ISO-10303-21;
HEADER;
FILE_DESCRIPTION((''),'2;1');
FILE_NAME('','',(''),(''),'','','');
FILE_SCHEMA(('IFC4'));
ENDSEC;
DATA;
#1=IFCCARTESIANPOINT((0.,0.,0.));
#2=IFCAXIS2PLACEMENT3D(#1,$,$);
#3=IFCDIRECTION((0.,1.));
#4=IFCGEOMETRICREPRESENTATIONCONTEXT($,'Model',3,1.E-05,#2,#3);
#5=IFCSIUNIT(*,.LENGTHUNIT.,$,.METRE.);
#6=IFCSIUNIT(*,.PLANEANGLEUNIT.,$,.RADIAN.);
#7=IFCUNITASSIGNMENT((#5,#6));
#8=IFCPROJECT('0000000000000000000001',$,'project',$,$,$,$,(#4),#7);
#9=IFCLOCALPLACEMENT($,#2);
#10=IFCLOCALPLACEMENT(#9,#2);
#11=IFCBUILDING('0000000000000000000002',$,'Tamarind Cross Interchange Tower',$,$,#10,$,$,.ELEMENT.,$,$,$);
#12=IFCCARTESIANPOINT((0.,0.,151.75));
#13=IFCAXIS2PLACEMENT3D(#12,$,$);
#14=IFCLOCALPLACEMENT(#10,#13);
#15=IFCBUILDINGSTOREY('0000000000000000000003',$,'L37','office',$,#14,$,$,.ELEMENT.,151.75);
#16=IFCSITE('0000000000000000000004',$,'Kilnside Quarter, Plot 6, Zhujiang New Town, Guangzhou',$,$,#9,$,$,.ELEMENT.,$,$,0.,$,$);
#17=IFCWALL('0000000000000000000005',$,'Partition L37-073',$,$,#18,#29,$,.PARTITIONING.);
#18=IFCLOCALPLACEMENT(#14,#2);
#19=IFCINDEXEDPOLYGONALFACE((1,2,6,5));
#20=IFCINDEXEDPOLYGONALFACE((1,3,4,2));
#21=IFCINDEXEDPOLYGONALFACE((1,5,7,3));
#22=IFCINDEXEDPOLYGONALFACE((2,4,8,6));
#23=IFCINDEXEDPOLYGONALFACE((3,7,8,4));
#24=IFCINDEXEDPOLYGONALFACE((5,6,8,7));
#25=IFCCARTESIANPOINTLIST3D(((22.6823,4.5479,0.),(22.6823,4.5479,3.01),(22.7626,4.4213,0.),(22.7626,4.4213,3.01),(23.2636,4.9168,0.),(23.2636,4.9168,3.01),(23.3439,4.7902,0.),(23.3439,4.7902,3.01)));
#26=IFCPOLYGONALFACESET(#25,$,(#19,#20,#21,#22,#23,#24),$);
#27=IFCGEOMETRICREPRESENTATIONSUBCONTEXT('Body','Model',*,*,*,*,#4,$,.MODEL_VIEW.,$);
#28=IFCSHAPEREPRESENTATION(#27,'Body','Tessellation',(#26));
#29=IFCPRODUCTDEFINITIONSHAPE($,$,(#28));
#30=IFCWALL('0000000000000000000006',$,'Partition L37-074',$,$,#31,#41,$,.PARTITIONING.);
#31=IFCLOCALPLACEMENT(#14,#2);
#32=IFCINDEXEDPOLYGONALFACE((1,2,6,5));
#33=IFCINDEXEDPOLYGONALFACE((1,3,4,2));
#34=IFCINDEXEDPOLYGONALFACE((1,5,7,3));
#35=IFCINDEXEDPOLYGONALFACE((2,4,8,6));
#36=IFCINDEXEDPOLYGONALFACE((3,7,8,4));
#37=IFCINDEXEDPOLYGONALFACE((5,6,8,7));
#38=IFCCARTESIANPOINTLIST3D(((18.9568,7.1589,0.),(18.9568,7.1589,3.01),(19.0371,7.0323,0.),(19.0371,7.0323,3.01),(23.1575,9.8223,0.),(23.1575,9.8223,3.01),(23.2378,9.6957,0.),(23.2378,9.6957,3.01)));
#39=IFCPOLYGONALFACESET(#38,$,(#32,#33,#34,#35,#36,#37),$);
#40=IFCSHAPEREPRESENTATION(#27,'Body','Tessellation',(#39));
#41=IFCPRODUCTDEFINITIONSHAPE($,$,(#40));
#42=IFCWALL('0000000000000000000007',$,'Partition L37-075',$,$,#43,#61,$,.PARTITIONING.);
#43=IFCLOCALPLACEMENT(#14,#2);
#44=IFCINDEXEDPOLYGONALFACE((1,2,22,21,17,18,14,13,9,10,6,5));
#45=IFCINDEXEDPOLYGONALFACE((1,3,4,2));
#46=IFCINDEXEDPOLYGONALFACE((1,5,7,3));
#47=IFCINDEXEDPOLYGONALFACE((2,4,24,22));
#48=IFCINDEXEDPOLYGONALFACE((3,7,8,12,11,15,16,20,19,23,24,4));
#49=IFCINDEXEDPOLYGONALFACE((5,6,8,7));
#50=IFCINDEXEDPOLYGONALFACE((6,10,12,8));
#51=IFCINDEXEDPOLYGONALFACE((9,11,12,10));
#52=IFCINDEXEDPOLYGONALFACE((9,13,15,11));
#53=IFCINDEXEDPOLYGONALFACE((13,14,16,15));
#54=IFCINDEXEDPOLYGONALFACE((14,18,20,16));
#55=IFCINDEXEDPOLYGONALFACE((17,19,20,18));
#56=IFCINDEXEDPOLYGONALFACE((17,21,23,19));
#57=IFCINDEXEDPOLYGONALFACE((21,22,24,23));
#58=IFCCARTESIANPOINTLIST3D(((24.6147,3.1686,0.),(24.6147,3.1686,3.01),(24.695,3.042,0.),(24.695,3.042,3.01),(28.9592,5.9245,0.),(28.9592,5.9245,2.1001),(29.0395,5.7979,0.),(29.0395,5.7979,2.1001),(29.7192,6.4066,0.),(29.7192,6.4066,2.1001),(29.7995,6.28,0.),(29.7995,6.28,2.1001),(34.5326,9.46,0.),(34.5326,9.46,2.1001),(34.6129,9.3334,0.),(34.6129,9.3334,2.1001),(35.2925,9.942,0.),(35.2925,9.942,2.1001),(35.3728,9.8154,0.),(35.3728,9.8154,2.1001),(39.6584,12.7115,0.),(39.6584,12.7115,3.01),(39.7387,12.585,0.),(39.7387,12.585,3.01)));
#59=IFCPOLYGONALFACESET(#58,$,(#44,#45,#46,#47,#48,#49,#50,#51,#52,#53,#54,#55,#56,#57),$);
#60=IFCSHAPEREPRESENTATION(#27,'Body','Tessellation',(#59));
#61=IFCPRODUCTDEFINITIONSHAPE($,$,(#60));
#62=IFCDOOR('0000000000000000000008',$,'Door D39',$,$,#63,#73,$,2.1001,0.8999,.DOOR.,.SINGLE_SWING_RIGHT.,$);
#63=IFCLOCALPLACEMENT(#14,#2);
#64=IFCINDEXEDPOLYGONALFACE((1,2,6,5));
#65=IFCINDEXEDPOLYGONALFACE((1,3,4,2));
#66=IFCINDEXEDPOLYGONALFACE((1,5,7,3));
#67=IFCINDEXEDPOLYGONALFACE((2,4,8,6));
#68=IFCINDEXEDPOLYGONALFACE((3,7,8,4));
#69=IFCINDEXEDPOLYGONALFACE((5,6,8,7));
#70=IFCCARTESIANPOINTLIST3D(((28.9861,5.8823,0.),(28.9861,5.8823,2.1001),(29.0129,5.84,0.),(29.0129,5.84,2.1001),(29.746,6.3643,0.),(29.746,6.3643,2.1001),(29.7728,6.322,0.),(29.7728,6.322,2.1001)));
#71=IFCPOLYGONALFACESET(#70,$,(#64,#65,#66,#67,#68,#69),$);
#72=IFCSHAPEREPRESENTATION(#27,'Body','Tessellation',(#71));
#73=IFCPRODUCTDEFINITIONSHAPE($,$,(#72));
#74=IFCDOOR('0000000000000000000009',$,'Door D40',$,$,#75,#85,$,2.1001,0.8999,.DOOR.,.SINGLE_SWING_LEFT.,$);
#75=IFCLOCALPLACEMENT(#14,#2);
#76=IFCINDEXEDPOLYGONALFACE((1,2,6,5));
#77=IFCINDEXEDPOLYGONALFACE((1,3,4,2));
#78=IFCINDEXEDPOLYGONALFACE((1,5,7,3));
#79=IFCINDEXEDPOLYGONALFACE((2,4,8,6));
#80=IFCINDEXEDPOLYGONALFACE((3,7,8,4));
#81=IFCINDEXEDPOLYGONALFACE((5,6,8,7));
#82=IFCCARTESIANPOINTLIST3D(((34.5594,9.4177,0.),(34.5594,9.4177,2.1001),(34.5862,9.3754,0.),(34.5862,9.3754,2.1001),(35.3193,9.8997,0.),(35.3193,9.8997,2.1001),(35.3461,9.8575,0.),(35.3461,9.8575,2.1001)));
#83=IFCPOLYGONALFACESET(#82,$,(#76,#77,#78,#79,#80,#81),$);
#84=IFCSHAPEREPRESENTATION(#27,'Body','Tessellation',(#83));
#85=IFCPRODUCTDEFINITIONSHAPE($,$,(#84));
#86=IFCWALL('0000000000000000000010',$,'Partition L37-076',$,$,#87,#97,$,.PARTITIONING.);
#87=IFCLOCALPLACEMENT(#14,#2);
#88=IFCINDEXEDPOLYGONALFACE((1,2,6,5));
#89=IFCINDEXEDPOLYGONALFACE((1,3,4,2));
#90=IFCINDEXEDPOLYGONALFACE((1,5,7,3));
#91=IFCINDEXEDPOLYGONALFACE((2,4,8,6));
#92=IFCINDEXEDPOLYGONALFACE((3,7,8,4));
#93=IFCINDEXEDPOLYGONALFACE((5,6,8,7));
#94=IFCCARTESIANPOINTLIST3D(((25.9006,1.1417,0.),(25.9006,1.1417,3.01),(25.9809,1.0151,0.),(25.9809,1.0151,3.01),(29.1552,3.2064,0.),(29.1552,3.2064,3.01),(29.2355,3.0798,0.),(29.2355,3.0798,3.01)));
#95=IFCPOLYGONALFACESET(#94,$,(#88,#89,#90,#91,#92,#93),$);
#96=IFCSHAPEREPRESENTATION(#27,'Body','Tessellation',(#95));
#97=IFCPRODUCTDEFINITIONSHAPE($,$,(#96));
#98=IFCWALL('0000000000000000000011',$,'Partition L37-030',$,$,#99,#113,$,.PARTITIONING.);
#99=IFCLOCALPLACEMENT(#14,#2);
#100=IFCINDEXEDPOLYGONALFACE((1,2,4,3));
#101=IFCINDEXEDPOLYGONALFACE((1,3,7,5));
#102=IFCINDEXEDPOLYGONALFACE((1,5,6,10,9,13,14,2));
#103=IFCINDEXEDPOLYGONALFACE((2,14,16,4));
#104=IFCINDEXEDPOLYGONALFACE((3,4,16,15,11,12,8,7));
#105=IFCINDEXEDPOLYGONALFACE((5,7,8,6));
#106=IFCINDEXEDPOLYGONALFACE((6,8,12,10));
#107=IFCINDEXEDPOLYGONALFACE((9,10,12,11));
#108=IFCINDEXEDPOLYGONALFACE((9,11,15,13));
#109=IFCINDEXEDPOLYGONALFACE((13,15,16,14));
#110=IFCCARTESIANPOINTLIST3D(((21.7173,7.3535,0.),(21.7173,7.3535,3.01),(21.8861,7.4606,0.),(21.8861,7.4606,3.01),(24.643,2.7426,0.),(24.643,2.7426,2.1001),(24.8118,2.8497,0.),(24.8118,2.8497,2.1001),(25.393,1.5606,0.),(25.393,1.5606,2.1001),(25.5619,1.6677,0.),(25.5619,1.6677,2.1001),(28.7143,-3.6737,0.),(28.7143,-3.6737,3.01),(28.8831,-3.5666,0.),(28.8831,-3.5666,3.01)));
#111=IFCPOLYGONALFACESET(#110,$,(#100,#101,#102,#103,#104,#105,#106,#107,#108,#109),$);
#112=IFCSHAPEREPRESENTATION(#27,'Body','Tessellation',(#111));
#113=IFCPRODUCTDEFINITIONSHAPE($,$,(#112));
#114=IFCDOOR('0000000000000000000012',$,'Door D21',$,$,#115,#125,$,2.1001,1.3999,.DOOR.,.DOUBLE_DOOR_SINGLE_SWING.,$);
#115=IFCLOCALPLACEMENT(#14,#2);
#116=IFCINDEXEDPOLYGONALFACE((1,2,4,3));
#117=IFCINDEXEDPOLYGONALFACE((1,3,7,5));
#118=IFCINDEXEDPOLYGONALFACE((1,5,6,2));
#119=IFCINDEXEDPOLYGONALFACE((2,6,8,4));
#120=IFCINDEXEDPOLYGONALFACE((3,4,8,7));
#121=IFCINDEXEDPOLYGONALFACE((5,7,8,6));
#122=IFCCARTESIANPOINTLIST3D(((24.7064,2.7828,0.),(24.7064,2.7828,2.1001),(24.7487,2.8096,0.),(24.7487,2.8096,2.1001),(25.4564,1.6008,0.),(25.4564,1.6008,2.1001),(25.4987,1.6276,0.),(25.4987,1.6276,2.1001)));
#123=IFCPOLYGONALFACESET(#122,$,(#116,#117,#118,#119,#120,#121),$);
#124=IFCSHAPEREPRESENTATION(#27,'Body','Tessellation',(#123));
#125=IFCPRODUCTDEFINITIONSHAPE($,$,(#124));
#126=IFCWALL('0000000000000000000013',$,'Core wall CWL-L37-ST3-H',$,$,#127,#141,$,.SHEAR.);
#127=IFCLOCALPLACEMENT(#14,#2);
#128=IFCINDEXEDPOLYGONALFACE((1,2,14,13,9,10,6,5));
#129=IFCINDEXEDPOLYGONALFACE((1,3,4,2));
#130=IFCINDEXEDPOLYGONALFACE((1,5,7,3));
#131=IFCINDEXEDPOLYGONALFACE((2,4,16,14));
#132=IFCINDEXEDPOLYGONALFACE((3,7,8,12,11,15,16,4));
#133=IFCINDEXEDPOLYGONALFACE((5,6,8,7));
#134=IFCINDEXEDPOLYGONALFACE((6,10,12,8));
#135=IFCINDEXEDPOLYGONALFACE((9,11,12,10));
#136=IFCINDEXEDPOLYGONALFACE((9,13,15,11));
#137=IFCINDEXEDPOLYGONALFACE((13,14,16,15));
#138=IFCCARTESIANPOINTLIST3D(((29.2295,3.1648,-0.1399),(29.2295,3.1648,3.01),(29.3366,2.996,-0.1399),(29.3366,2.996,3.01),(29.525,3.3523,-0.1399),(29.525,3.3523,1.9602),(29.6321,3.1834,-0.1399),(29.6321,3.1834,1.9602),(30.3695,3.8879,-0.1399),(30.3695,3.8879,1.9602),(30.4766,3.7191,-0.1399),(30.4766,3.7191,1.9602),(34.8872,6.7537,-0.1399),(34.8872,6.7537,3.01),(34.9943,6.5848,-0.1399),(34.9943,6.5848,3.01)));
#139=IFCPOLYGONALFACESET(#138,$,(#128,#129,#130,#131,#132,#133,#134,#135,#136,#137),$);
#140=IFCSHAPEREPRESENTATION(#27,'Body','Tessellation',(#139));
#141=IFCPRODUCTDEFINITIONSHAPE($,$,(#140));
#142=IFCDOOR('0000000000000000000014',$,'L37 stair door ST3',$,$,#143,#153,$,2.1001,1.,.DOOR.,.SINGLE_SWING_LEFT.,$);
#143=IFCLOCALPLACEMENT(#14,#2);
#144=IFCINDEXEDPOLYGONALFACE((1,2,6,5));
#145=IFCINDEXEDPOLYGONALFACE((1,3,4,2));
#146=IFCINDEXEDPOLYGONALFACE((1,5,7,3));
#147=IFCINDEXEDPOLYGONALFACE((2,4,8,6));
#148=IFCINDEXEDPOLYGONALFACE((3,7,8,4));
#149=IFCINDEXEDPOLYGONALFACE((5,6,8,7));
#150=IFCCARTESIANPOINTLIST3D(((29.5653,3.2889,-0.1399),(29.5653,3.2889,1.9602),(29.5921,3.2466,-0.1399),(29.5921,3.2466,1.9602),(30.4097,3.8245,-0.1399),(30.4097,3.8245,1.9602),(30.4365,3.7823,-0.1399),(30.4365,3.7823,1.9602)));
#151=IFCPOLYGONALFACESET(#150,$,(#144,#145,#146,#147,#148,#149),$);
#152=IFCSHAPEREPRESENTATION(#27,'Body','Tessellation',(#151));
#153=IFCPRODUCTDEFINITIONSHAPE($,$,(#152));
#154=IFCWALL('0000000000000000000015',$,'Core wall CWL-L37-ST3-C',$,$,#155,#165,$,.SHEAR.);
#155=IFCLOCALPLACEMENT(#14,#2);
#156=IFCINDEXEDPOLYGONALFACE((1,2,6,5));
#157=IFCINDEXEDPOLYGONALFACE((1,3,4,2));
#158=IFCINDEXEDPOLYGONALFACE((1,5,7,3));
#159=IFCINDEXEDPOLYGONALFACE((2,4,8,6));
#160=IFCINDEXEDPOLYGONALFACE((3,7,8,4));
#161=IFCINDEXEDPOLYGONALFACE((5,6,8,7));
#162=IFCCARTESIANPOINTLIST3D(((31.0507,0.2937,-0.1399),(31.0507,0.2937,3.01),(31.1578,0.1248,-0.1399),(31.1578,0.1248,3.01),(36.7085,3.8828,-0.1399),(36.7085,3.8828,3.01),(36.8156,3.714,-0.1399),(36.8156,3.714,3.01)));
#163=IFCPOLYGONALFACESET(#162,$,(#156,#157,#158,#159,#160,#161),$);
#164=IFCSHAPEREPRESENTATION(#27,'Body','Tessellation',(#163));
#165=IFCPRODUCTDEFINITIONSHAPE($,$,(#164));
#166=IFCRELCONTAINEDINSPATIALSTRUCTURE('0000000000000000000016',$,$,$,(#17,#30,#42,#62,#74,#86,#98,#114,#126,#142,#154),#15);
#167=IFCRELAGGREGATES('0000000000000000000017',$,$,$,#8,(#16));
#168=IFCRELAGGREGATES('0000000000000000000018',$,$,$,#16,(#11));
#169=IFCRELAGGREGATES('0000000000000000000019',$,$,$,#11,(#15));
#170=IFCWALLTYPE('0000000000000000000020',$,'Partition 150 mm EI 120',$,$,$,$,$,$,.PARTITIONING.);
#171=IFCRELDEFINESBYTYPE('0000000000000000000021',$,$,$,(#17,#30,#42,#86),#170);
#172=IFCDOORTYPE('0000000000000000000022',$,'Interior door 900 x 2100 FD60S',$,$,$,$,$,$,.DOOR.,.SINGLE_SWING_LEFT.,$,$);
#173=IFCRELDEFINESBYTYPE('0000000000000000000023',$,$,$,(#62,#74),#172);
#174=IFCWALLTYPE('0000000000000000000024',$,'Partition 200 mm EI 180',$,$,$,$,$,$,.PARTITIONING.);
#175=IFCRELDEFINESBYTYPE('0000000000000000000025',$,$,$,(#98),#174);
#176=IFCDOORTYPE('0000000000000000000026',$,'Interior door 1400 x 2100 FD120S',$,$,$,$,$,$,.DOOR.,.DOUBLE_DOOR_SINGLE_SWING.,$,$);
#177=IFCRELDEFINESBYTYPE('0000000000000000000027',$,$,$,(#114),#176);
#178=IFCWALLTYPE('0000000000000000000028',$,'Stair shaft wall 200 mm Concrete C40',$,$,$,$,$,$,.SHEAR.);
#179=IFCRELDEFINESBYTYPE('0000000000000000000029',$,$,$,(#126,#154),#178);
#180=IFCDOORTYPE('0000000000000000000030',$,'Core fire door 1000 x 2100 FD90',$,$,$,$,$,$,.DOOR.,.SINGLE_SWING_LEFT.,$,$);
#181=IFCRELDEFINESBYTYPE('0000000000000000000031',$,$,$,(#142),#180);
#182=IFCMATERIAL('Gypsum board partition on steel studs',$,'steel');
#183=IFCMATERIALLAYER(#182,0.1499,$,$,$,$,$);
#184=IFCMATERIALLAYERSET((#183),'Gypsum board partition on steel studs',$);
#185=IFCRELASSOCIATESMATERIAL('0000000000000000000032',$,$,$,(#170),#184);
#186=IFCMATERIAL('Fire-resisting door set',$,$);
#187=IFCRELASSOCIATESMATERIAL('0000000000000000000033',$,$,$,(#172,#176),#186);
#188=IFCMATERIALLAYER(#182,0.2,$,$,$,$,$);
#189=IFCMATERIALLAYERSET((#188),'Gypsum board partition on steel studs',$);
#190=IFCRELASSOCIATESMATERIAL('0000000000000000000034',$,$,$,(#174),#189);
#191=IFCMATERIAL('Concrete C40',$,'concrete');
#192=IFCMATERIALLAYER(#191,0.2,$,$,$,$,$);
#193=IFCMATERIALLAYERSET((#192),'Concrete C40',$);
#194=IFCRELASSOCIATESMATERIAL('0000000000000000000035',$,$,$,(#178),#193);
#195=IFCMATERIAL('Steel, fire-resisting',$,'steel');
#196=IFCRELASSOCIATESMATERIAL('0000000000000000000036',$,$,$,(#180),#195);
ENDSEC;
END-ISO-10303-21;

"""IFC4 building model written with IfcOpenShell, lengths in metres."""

from ifc_helpers import new_model, si_unit, direction, frame, frame_2d, origin, place, context, subcontext, project, spatial, rectangle, extrude, material, layer, layer_set, type_object, element, fill, save


model = new_model("IFC4")

# Units and contexts
model_context = context("Model", 3, precision=1e-05, world=origin(), true_north=direction((0.0, 1.0)))
body_context = subcontext(model_context, "Body", "Model", "MODEL_VIEW")
ifc_project = project(units=[si_unit("LENGTHUNIT", "METRE"), si_unit("PLANEANGLEUNIT", "RADIAN")], contexts=[model_context])

# Site, building, storey
site_placement = place(None, origin())
site = spatial("IfcSite", under=ifc_project, at=site_placement, Name="Kilnside Quarter, Plot 6, Zhujiang New Town, Guangzhou", CompositionType="ELEMENT", RefElevation=0.0)
building_placement = place(site_placement, origin())
building = spatial("IfcBuilding", under=site, at=building_placement, Name="Tamarind Cross Interchange Tower", CompositionType="ELEMENT")
storey_placement = place(building_placement, frame((0.0, 0.0, 151.75)))
storey = spatial("IfcBuildingStorey", under=building, at=storey_placement, Name="L37", Description="office", CompositionType="ELEMENT", Elevation=151.75)

# Walls
ifc_material_1 = material(Name="Gypsum board partition on steel studs", Category="steel")
ifc_layer_1 = layer(ifc_material_1, 0.1499)
ifc_layer_set_1 = layer_set([ifc_layer_1], Name="Gypsum board partition on steel studs")
wall_type_1 = type_object("IfcWallType", Name="Partition 150 mm EI 120", PredefinedType="PARTITIONING", material=ifc_layer_set_1)
wall_1_placement = place(storey_placement, frame((22.7224, 4.4846, 0.0), z_axis=(0.0, 0.0, 1.0), x_axis=(0.844333, 0.53582, 0.0)))
element("IfcWall", 1, at=wall_1_placement, inside=storey, type_object=wall_type_1, Name="Partition L37-073", PredefinedType="PARTITIONING", context=body_context, shape_type="SweptSolid", body=[
    extrude(rectangle(XDim=0.6885, YDim=0.1499, at=frame_2d((0.3442, 0.0))), origin(), (0.0, 0.0, 1.0), 3.01),
])
wall_2_placement = place(storey_placement, frame((18.9971, 7.0957, 0.0), z_axis=(0.0, 0.0, 1.0), x_axis=(0.844556, 0.535468, 0.0)))
element("IfcWall", 2, at=wall_2_placement, inside=storey, type_object=wall_type_1, Name="Partition L37-074", PredefinedType="PARTITIONING", context=body_context, shape_type="SweptSolid", body=[
    extrude(rectangle(XDim=4.9739, YDim=0.1499, at=frame_2d((2.4868, 0.0))), origin(), (0.0, 0.0, 1.0), 3.01),
])

# Wall, openings, doors
wall_3_placement = place(storey_placement, frame((24.6548, 3.1052, 0.0), z_axis=(0.0, 0.0, 1.0), x_axis=(0.844431, 0.535665, 0.0)))
wall_3 = element("IfcWall", 3, at=wall_3_placement, inside=storey, type_object=wall_type_1, Name="Partition L37-075", PredefinedType="PARTITIONING", context=body_context, shape_type="SweptSolid", body=[
    extrude(rectangle(XDim=17.8152, YDim=0.1499, at=frame_2d((8.9077, 0.0))), origin(), (0.0, 0.0, 1.0), 3.01),
])
opening_1_placement = place(wall_3_placement, frame((5.145, 0.0, 0.0)))
opening_1 = element("IfcOpeningElement", 4, at=opening_1_placement, cuts=wall_3, PredefinedType="OPENING", context=body_context, shape_type="SweptSolid", body=[
    extrude(rectangle(XDim=0.8999, YDim=2.1001, at=frame_2d((0.45, 1.05))), frame((0.0, 0.085, 0.0), z_axis=(0.0, -1.0, 0.0), x_axis=(1.0, 0.0, 0.0)), (0.0, 0.0, 1.0), 0.1699),
])
opening_2_placement = place(wall_3_placement, frame((11.7451, 0.0, 0.0)))
opening_2 = element("IfcOpeningElement", 5, at=opening_2_placement, cuts=wall_3, PredefinedType="OPENING", context=body_context, shape_type="SweptSolid", body=[
    extrude(rectangle(XDim=0.8999, YDim=2.1001, at=frame_2d((0.45, 1.05))), frame((0.0, 0.085, 0.0), z_axis=(0.0, -1.0, 0.0), x_axis=(1.0, 0.0, 0.0)), (0.0, 0.0, 1.0), 0.1699),
])
ifc_material_2 = material(Name="Fire-resisting door set")
door_type_1 = type_object("IfcDoorType", Name="Interior door 900 x 2100 FD60S", OperationType="SINGLE_SWING_LEFT", PredefinedType="DOOR", material=ifc_material_2)
door_1_placement = place(opening_1_placement, origin())
door_1 = element("IfcDoor", 6, at=door_1_placement, inside=storey, type_object=door_type_1, Name="Door D39", OperationType="SINGLE_SWING_RIGHT", OverallHeight=2.1001, OverallWidth=0.8999, PredefinedType="DOOR", context=body_context, shape_type="SweptSolid", body=[
    extrude(rectangle(XDim=0.8999, YDim=2.1001, at=frame_2d((0.45, 1.05))), frame((0.0, 0.0249, 0.0), z_axis=(0.0, -1.0, 0.0), x_axis=(1.0, 0.0, 0.0)), (0.0, 0.0, 1.0), 0.05),
])
fill(opening_1, door_1)
door_2_placement = place(opening_2_placement, origin())
door_2 = element("IfcDoor", 7, at=door_2_placement, inside=storey, type_object=door_type_1, Name="Door D40", OperationType="SINGLE_SWING_LEFT", OverallHeight=2.1001, OverallWidth=0.8999, PredefinedType="DOOR", context=body_context, shape_type="SweptSolid", body=[
    extrude(rectangle(XDim=0.8999, YDim=2.1001, at=frame_2d((0.45, 1.05))), frame((0.0, 0.0249, 0.0), z_axis=(0.0, -1.0, 0.0), x_axis=(1.0, 0.0, 0.0)), (0.0, 0.0, 1.0), 0.05),
])
fill(opening_2, door_2)

# Wall
wall_4_placement = place(storey_placement, frame((25.9407, 1.0784, 0.0), z_axis=(0.0, 0.0, 1.0), x_axis=(0.844417, 0.535686, 0.0)))
element("IfcWall", 8, at=wall_4_placement, inside=storey, type_object=wall_type_1, Name="Partition L37-076", PredefinedType="PARTITIONING", context=body_context, shape_type="SweptSolid", body=[
    extrude(rectangle(XDim=3.8542, YDim=0.1499, at=frame_2d((1.9272, 0.0))), origin(), (0.0, 0.0, 1.0), 3.01),
])

# Walls, openings, doors
ifc_layer_2 = layer(ifc_material_1, 0.2)
ifc_layer_set_2 = layer_set([ifc_layer_2], Name="Gypsum board partition on steel studs")
wall_type_2 = type_object("IfcWallType", Name="Partition 200 mm EI 180", PredefinedType="PARTITIONING", material=ifc_layer_set_2)
wall_5_placement = place(storey_placement, frame((21.8018, 7.407, 0.0), z_axis=(0.0, 0.0, 1.0), x_axis=(0.535767, -0.844366, 0.0)))
wall_5 = element("IfcWall", 9, at=wall_5_placement, inside=storey, type_object=wall_type_2, Name="Partition L37-030", PredefinedType="PARTITIONING", context=body_context, shape_type="SweptSolid", body=[
    extrude(rectangle(XDim=13.0598, YDim=0.2, at=frame_2d((6.5298, 0.0))), origin(), (0.0, 0.0, 1.0), 3.01),
])
opening_3_placement = place(wall_5_placement, frame((5.4607, 0.0, 0.0)))
opening_3 = element("IfcOpeningElement", 10, at=opening_3_placement, cuts=wall_5, PredefinedType="OPENING", context=body_context, shape_type="SweptSolid", body=[
    extrude(rectangle(XDim=1.3999, YDim=2.1001, at=frame_2d((0.7, 1.05))), frame((0.0, 0.1099, 0.0), z_axis=(0.0, -1.0, 0.0), x_axis=(1.0, 0.0, 0.0)), (0.0, 0.0, 1.0), 0.22),
])
door_type_2 = type_object("IfcDoorType", Name="Interior door 1400 x 2100 FD120S", OperationType="DOUBLE_DOOR_SINGLE_SWING", PredefinedType="DOOR", material=ifc_material_2)
door_3_placement = place(opening_3_placement, frame((1.3999, 0.0, 0.0), z_axis=(0.0, 0.0, 1.0), x_axis=(-1.0, 0.0, 0.0)))
door_3 = element("IfcDoor", 11, at=door_3_placement, inside=storey, type_object=door_type_2, Name="Door D21", OperationType="DOUBLE_DOOR_SINGLE_SWING", OverallHeight=2.1001, OverallWidth=1.3999, PredefinedType="DOOR", context=body_context, shape_type="SweptSolid", body=[
    extrude(rectangle(XDim=1.3999, YDim=2.1001, at=frame_2d((0.7, 1.05))), frame((0.0, 0.0249, 0.0), z_axis=(0.0, -1.0, 0.0), x_axis=(1.0, 0.0, 0.0)), (0.0, 0.0, 1.0), 0.05),
])
fill(opening_3, door_3)
ifc_material_3 = material(Name="Concrete C40", Category="concrete")
ifc_layer_3 = layer(ifc_material_3, 0.2)
ifc_layer_set_3 = layer_set([ifc_layer_3], Name="Concrete C40")
wall_type_3 = type_object("IfcWallType", Name="Stair shaft wall 200 mm Concrete C40", PredefinedType="SHEAR", material=ifc_layer_set_3)
wall_6_placement = place(storey_placement, frame((29.283, 3.0803, -0.1399), z_axis=(0.0, 0.0, 1.0), x_axis=(0.844438, 0.535654, 0.0)))
wall_6 = element("IfcWall", 12, at=wall_6_placement, inside=storey, type_object=wall_type_3, Name="Core wall CWL-L37-ST3-H", PredefinedType="SHEAR", context=body_context, shape_type="SweptSolid", body=[
    extrude(rectangle(XDim=6.7, YDim=0.2, at=frame_2d((3.3501, 0.0))), origin(), (0.0, 0.0, 1.0), 3.1499),
])
opening_4_placement = place(wall_6_placement, frame((0.3501, 0.0, 0.0)))
opening_4 = element("IfcOpeningElement", 13, at=opening_4_placement, cuts=wall_6, PredefinedType="OPENING", context=body_context, shape_type="SweptSolid", body=[
    extrude(rectangle(XDim=1.0, YDim=2.1001, at=frame_2d((0.5, 1.05))), frame((0.0, 0.1099, 0.0), z_axis=(0.0, -1.0, 0.0), x_axis=(1.0, 0.0, 0.0)), (0.0, 0.0, 1.0), 0.22),
])
ifc_material_4 = material(Name="Steel, fire-resisting", Category="steel")
door_type_3 = type_object("IfcDoorType", Name="Core fire door 1000 x 2100 FD90", OperationType="SINGLE_SWING_LEFT", PredefinedType="DOOR", material=ifc_material_4)
door_4_placement = place(opening_4_placement, origin())
door_4 = element("IfcDoor", 14, at=door_4_placement, inside=storey, type_object=door_type_3, Name="L37 stair door ST3", OperationType="SINGLE_SWING_LEFT", OverallHeight=2.1001, OverallWidth=1.0, PredefinedType="DOOR", context=body_context, shape_type="SweptSolid", body=[
    extrude(rectangle(XDim=1.0, YDim=2.1001, at=frame_2d((0.5, 1.05))), frame((0.0, 0.0249, 0.0), z_axis=(0.0, -1.0, 0.0), x_axis=(1.0, 0.0, 0.0)), (0.0, 0.0, 1.0), 0.05),
])
fill(opening_4, door_4)

# Wall
wall_7_placement = place(storey_placement, frame((31.1042, 0.2092, -0.1399), z_axis=(0.0, 0.0, 1.0), x_axis=(0.844421, 0.53568, 0.0)))
element("IfcWall", 15, at=wall_7_placement, inside=storey, type_object=wall_type_3, Name="Core wall CWL-L37-ST3-C", PredefinedType="SHEAR", context=body_context, shape_type="SweptSolid", body=[
    extrude(rectangle(XDim=6.7002, YDim=0.2, at=frame_2d((3.3501, 0.0))), origin(), (0.0, 0.0, 1.0), 3.1499),
])

save(model, "model.ifc")
